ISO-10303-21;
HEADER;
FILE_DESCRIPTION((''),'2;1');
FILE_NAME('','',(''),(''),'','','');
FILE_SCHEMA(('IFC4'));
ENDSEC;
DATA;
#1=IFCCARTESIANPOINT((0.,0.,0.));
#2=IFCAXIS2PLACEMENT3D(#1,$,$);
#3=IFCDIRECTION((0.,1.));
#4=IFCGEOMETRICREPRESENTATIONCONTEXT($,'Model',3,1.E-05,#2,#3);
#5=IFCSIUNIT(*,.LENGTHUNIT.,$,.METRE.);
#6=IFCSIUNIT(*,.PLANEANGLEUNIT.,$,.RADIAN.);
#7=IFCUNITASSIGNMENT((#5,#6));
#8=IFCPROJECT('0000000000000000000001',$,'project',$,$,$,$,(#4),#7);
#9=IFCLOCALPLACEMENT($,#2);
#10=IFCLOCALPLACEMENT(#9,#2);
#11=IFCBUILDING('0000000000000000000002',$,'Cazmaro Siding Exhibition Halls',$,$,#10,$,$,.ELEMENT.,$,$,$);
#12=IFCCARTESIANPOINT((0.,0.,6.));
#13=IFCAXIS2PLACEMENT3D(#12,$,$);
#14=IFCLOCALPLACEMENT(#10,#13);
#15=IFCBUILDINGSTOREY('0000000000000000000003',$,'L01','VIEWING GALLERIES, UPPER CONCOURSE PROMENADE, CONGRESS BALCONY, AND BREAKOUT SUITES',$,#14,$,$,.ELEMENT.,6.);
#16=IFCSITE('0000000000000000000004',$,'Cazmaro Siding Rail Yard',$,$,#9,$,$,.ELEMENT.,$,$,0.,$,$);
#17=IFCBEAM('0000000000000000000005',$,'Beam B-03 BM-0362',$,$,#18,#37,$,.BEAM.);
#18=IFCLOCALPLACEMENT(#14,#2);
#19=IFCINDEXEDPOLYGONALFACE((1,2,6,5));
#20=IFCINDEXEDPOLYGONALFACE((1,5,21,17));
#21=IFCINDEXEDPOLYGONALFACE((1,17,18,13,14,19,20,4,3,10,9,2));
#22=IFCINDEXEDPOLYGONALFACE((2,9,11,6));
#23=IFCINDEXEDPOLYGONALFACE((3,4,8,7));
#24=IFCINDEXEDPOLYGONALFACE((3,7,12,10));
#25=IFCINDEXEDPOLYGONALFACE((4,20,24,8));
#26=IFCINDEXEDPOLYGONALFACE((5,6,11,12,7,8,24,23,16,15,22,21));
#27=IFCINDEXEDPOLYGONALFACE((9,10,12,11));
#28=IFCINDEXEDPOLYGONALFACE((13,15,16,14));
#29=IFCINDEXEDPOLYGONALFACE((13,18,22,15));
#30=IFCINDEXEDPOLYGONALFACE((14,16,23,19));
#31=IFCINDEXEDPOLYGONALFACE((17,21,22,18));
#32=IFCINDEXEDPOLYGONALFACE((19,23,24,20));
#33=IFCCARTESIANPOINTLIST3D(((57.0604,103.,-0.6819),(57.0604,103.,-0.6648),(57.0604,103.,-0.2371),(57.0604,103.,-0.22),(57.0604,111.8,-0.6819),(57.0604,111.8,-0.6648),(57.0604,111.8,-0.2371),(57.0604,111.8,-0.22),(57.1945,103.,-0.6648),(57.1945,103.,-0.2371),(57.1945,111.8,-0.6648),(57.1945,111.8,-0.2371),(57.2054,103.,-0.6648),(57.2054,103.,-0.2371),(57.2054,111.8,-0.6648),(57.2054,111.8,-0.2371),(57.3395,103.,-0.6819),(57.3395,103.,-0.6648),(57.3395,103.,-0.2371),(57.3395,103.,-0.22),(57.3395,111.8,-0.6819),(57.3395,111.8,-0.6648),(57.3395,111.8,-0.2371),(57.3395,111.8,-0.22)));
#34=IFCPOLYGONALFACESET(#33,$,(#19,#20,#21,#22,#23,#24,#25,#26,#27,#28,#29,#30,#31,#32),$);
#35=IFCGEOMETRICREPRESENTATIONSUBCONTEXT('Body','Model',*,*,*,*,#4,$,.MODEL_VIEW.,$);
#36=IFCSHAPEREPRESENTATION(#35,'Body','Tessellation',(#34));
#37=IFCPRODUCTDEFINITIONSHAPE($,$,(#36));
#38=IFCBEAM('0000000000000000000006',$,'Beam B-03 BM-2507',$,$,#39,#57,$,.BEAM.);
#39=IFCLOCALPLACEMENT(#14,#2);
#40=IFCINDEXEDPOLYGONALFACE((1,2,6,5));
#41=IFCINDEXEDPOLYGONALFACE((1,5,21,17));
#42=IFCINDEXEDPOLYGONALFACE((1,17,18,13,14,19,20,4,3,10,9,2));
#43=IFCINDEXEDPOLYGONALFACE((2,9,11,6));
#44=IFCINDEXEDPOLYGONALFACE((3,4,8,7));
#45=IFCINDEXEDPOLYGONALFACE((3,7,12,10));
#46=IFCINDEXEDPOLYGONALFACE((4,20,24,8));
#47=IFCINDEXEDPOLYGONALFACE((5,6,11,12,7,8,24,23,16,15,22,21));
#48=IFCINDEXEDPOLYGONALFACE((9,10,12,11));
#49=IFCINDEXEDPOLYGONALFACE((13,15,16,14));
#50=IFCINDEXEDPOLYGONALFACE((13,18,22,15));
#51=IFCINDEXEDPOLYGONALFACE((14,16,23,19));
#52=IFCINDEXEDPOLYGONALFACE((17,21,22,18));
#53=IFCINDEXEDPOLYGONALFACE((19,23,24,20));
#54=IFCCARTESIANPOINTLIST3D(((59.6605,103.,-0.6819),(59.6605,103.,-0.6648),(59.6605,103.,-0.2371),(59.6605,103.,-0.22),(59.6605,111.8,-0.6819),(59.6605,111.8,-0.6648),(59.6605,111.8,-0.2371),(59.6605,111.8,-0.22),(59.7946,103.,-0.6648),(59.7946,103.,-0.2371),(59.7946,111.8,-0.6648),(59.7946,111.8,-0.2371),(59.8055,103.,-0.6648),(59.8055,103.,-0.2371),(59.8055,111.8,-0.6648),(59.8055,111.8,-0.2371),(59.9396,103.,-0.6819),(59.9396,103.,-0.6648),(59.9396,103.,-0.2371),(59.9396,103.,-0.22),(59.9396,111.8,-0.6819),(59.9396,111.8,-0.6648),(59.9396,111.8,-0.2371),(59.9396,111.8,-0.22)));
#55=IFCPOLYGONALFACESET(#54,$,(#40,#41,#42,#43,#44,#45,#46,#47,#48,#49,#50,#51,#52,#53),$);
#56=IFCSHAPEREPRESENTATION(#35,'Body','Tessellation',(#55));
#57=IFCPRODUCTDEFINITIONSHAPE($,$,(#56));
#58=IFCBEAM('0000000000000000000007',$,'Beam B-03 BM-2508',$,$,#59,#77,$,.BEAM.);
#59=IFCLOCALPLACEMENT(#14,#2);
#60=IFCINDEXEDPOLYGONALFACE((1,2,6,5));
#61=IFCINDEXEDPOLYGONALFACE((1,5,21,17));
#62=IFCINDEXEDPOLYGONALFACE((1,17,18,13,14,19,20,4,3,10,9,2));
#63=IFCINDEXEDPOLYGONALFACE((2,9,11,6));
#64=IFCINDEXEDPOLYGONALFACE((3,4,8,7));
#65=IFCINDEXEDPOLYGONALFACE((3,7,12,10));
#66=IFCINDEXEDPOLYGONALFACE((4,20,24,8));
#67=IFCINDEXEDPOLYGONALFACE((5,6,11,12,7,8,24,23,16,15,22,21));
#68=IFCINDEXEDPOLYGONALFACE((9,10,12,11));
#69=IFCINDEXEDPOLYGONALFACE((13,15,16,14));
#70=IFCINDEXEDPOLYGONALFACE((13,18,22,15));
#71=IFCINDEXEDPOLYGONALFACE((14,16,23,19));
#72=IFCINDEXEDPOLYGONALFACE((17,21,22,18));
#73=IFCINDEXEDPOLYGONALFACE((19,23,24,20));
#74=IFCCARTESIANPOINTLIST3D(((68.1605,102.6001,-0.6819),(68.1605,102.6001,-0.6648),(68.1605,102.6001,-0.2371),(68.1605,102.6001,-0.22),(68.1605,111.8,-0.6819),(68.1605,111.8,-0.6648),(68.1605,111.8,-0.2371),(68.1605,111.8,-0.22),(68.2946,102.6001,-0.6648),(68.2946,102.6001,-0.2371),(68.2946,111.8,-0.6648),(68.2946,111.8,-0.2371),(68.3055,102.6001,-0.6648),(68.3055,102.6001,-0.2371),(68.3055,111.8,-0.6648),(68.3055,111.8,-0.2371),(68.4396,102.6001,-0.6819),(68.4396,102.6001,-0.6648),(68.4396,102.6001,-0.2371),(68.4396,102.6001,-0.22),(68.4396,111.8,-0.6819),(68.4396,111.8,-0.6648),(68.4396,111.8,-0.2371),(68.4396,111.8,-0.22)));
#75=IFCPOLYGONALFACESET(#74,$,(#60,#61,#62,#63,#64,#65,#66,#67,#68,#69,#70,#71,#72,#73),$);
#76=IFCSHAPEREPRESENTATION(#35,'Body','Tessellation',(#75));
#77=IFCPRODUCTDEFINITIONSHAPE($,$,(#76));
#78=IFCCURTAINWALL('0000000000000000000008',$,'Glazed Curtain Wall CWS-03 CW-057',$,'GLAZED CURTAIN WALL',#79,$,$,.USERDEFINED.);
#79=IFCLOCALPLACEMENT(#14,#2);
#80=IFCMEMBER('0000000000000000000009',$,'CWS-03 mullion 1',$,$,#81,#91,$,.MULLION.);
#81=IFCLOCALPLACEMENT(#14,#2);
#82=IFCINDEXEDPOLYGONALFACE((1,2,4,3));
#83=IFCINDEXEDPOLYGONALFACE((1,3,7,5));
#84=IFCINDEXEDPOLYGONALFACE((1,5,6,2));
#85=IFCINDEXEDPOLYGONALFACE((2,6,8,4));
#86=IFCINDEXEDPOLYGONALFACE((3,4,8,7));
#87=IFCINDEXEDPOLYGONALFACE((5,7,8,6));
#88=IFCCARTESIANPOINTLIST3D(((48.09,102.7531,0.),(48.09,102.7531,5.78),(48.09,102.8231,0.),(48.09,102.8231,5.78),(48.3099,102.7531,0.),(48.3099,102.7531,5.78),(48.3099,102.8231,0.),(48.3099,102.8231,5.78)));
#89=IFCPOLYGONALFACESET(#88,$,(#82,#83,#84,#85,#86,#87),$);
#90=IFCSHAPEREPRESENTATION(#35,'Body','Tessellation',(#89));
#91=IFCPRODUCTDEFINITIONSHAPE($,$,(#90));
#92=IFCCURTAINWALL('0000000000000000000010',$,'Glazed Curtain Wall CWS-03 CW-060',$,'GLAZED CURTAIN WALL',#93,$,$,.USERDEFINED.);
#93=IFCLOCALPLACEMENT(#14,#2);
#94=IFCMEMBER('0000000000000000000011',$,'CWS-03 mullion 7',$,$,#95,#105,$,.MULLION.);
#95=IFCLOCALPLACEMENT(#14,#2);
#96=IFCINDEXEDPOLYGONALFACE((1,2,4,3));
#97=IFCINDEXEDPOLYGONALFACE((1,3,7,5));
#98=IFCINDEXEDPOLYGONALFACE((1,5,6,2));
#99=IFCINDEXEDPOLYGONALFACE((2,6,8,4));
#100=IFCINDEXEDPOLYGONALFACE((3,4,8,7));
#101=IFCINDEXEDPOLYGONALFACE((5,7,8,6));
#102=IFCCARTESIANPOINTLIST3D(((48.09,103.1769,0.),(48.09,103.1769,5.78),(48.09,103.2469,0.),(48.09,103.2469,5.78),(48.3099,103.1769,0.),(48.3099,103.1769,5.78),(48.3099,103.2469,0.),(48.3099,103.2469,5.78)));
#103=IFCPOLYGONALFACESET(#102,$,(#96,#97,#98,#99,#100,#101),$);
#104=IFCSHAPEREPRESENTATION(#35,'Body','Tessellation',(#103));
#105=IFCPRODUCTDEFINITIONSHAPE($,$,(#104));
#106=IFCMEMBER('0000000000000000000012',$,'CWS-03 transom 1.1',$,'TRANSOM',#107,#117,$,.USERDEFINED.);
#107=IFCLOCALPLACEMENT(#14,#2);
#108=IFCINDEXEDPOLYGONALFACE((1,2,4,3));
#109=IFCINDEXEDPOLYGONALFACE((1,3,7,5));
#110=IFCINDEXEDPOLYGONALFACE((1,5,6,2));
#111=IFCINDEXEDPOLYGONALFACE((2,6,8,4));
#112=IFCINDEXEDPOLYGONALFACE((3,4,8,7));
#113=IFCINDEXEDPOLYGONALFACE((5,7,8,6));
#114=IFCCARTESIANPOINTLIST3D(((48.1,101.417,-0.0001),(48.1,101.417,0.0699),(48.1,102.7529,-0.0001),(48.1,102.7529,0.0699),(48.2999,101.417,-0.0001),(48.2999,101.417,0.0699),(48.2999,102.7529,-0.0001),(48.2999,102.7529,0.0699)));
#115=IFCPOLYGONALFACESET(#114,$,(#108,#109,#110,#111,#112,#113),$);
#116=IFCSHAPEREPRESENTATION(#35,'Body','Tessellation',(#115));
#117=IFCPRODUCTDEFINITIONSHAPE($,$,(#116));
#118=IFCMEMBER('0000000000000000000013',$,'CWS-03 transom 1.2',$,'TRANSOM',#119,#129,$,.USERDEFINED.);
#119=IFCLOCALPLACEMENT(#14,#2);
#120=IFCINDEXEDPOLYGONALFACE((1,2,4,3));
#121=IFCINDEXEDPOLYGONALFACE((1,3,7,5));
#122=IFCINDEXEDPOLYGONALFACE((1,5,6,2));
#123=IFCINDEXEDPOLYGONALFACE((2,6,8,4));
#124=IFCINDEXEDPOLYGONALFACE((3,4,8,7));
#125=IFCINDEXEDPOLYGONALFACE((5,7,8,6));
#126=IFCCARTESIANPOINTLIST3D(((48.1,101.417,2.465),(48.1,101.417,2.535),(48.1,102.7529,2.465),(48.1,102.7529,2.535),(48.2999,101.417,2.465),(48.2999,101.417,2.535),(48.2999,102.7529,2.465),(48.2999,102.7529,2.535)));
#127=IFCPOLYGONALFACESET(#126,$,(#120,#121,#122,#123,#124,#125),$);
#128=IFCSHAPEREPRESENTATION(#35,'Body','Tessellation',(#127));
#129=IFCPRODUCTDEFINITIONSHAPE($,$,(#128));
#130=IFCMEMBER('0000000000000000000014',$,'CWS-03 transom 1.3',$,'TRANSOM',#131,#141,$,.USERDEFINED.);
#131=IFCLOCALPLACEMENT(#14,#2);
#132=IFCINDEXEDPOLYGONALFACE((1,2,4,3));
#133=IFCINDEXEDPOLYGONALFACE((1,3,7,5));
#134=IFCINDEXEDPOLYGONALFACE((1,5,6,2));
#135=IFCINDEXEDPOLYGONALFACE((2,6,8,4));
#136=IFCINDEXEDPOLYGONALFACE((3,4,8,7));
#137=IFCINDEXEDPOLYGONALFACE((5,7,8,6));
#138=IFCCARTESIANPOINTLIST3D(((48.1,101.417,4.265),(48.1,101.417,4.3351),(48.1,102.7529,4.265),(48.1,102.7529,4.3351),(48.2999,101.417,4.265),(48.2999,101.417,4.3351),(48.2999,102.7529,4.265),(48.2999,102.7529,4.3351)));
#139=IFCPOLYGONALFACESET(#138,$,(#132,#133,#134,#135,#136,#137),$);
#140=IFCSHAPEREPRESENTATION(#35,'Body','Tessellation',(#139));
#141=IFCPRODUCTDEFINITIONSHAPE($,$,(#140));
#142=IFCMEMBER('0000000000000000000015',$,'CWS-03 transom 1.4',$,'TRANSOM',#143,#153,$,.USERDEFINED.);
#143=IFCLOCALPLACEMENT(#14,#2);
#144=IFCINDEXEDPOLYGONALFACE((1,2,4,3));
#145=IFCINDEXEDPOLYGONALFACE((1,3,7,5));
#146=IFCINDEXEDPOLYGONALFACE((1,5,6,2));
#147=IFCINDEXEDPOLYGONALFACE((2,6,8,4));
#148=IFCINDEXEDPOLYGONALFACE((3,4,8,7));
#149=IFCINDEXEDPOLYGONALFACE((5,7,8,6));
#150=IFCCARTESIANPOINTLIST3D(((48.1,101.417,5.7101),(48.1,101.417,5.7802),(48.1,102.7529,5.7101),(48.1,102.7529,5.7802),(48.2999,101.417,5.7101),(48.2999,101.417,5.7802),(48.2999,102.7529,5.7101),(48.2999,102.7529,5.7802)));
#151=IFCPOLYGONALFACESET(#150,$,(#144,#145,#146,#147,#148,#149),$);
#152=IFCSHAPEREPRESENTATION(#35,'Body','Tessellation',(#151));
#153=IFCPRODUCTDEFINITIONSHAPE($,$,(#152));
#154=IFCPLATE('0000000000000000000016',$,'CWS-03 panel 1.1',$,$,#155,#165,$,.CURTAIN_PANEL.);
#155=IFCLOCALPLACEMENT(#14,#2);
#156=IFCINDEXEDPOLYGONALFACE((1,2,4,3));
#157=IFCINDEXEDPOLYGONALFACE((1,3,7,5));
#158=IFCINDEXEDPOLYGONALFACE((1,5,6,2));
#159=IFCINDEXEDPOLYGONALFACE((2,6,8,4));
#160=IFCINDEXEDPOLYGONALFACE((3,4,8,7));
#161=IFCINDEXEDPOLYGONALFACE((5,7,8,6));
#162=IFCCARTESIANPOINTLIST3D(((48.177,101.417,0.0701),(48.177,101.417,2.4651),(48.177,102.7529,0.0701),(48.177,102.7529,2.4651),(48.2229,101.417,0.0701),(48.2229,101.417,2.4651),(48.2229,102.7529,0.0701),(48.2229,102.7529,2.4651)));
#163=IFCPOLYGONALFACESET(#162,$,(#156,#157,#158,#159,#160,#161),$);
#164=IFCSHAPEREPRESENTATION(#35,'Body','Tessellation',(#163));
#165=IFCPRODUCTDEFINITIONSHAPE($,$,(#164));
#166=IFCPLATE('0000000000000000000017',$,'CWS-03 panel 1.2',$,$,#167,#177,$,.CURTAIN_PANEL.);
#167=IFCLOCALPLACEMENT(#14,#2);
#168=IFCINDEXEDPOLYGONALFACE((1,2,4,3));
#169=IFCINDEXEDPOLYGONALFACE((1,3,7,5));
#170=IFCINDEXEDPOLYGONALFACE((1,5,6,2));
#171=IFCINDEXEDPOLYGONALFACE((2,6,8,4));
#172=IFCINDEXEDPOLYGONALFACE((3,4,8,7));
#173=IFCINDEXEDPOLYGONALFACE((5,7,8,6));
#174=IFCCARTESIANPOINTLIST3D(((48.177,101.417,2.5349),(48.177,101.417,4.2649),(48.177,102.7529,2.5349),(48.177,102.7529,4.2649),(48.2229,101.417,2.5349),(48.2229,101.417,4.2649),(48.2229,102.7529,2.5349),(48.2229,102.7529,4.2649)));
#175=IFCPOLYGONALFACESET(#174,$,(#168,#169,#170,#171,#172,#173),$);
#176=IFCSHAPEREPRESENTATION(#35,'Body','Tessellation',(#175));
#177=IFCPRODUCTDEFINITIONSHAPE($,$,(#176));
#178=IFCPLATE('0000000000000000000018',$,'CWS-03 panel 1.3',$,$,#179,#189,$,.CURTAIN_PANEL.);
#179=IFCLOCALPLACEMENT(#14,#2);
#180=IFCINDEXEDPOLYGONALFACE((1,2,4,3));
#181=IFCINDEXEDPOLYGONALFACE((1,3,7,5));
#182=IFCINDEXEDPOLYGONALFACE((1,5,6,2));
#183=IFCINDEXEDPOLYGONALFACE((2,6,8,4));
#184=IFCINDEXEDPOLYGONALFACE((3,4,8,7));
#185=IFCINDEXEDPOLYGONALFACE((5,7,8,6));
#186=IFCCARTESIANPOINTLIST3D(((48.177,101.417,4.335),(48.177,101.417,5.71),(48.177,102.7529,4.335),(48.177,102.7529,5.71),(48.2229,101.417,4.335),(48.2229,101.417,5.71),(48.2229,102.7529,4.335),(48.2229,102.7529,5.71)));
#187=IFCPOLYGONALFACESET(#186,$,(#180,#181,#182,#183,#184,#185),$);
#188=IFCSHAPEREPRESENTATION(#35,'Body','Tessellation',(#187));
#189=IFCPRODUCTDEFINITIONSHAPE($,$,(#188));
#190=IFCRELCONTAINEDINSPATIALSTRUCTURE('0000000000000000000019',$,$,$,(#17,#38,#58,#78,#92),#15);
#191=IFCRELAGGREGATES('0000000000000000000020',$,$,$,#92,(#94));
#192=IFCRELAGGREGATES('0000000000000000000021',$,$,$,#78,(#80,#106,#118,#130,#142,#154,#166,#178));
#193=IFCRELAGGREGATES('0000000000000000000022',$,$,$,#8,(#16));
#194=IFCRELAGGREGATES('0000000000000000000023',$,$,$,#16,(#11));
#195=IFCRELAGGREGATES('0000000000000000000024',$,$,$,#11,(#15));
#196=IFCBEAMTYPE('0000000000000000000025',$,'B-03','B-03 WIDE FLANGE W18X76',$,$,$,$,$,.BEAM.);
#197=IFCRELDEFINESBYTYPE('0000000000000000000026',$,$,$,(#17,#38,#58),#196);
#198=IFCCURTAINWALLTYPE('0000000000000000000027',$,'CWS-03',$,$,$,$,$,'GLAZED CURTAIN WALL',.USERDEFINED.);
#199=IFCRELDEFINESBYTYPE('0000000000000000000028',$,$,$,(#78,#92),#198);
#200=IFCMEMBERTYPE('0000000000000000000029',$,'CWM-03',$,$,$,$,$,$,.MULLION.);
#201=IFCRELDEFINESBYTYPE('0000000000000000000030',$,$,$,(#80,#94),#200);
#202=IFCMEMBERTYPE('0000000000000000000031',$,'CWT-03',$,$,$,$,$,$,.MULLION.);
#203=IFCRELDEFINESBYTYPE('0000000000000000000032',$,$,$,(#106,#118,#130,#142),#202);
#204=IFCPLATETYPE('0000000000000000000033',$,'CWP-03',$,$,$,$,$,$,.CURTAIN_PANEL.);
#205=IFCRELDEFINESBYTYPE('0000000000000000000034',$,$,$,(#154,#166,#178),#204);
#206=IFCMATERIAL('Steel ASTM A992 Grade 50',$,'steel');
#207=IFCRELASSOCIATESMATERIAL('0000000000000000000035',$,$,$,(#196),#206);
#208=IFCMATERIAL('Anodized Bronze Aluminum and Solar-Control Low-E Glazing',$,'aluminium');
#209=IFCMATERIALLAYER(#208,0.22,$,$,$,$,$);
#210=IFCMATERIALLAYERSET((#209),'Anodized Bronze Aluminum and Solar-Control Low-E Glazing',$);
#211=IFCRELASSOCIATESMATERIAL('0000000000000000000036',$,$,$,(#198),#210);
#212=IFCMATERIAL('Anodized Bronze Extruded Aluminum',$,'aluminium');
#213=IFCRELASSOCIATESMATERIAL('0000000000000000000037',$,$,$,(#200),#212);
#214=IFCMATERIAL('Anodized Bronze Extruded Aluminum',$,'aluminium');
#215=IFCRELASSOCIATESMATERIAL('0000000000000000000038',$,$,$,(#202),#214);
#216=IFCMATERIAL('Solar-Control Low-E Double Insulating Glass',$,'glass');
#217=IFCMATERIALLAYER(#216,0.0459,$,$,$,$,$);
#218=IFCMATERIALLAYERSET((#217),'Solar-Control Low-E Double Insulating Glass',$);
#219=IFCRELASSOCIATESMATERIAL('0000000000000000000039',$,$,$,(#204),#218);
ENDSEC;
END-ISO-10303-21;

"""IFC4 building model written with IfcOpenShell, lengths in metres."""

from ifc_helpers import new_model, si_unit, direction, frame, origin, origin_2d, place, context, subcontext, project, spatial, rectangle, i_section, extrude, material, layer, layer_set, material_profile, profile_set, type_object, element, aggregate, save


model = new_model("IFC4")

# Units and contexts
model_context = context("Model", 3, precision=1e-05, world=origin(), true_north=direction((0.0, 1.0)))
body_context = subcontext(model_context, "Body", "Model", "MODEL_VIEW")
ifc_project = project(units=[si_unit("LENGTHUNIT", "METRE"), si_unit("PLANEANGLEUNIT", "RADIAN")], contexts=[model_context])

# Site, building, storey
site_placement = place(None, origin())
site = spatial("IfcSite", under=ifc_project, at=site_placement, Name="Cazmaro Siding Rail Yard", CompositionType="ELEMENT", RefElevation=0.0)
building_placement = place(site_placement, origin())
building = spatial("IfcBuilding", under=site, at=building_placement, Name="Cazmaro Siding Exhibition Halls", CompositionType="ELEMENT")
storey_placement = place(building_placement, frame((0.0, 0.0, 6.0)))
storey = spatial("IfcBuildingStorey", under=building, at=storey_placement, Name="L01", Description="VIEWING GALLERIES, UPPER CONCOURSE PROMENADE, CONGRESS BALCONY, AND BREAKOUT SUITES", CompositionType="ELEMENT", Elevation=6.0)

# Beams
ifc_material_1 = material(Name="Steel ASTM A992 Grade 50", Category="steel")
ifc_material_profile_1 = material_profile(ifc_material_1, i_section(OverallWidth=0.2791, OverallDepth=0.4619, WebThickness=0.011, FlangeThickness=0.0171, at=origin_2d()), Name="W18X76")
ifc_profile_set_1 = profile_set([ifc_material_profile_1], Name="Steel ASTM A992 Grade 50")
beam_type_1 = type_object("IfcBeamType", Name="B-03", Description="B-03 WIDE FLANGE W18X76", PredefinedType="BEAM", material=ifc_profile_set_1)
for number, where, z_axis, x_axis, name in (
    (1, (57.2, 103.0, -0.4509), (0.0, 1.0, 0.0), (-1.0, 0.0, 0.0), "Beam B-03 BM-0362"),
    (2, (59.8, 103.0, -0.4509), (0.0, 1.0, 0.0), (-1.0, 0.0, 0.0), "Beam B-03 BM-2507"),
):
    element("IfcBeam", number, at=place(storey_placement, frame(where, z_axis=z_axis, x_axis=x_axis)), inside=storey, type_object=beam_type_1, Name=name, PredefinedType="BEAM", context=body_context, shape_type="SweptSolid", body=[
        extrude(i_section(OverallWidth=0.2791, OverallDepth=0.4619, WebThickness=0.011, FlangeThickness=0.0171, at=origin_2d()), origin(), (0.0, 0.0, 1.0), 8.8),
    ])
beam_1_placement = place(storey_placement, frame((68.3, 102.6001, -0.4509), z_axis=(0.0, 1.0, 0.0), x_axis=(-1.0, 0.0, 0.0)))
element("IfcBeam", 3, at=beam_1_placement, inside=storey, type_object=beam_type_1, Name="Beam B-03 BM-2508", PredefinedType="BEAM", context=body_context, shape_type="SweptSolid", body=[
    extrude(i_section(OverallWidth=0.2791, OverallDepth=0.4619, WebThickness=0.011, FlangeThickness=0.0171, at=origin_2d()), origin(), (0.0, 0.0, 1.0), 9.2),
])

# Curtain walls, members
ifc_material_2 = material(Name="Anodized Bronze Aluminum and Solar-Control Low-E Glazing", Category="aluminium")
ifc_layer_1 = layer(ifc_material_2, 0.22)
ifc_layer_set_1 = layer_set([ifc_layer_1], Name="Anodized Bronze Aluminum and Solar-Control Low-E Glazing")
curtain_wall_type = type_object("IfcCurtainWallType", Name="CWS-03", ElementType="GLAZED CURTAIN WALL", PredefinedType="USERDEFINED", material=ifc_layer_set_1)
curtain_wall_1_placement = place(storey_placement, origin())
curtain_wall_1 = element("IfcCurtainWall", 4, at=curtain_wall_1_placement, inside=storey, type_object=curtain_wall_type, Name="Glazed Curtain Wall CWS-03 CW-057", ObjectType="GLAZED CURTAIN WALL", PredefinedType="USERDEFINED")
ifc_material_3 = material(Name="Anodized Bronze Extruded Aluminum", Category="aluminium")
ifc_material_profile_2 = material_profile(ifc_material_3, rectangle(XDim=0.22, YDim=0.0701, at=origin_2d()), Name="CWM-03")
ifc_profile_set_2 = profile_set([ifc_material_profile_2], Name="Anodized Bronze Extruded Aluminum")
member_type_1 = type_object("IfcMemberType", Name="CWM-03", PredefinedType="MULLION", material=ifc_profile_set_2)
member_1_placement = place(storey_placement, frame((48.2, 102.7881, 0.0), z_axis=(0.0, 0.0, 1.0), x_axis=(1.0, 0.0, 0.0)))
member_1 = element("IfcMember", 5, at=member_1_placement, type_object=member_type_1, Name="CWS-03 mullion 1", PredefinedType="MULLION", context=body_context, shape_type="SweptSolid", body=[
    extrude(rectangle(XDim=0.22, YDim=0.0701, at=origin_2d()), origin(), (0.0, 0.0, 1.0), 5.78),
])
curtain_wall_2_placement = place(storey_placement, origin())
curtain_wall_2 = element("IfcCurtainWall", 6, at=curtain_wall_2_placement, inside=storey, type_object=curtain_wall_type, Name="Glazed Curtain Wall CWS-03 CW-060", ObjectType="GLAZED CURTAIN WALL", PredefinedType="USERDEFINED")
member_2_placement = place(storey_placement, frame((48.2, 103.2119, 0.0), z_axis=(0.0, 0.0, 1.0), x_axis=(1.0, 0.0, 0.0)))
member_2 = element("IfcMember", 7, at=member_2_placement, type_object=member_type_1, Name="CWS-03 mullion 7", PredefinedType="MULLION", context=body_context, shape_type="SweptSolid", body=[
    extrude(rectangle(XDim=0.22, YDim=0.0701, at=origin_2d()), origin(), (0.0, 0.0, 1.0), 5.78),
])
aggregate(curtain_wall_2, [member_2])

# Members
ifc_material_4 = material(Name="Anodized Bronze Extruded Aluminum", Category="aluminium")
ifc_material_profile_3 = material_profile(ifc_material_4, rectangle(XDim=0.2, YDim=0.0701, at=origin_2d()), Name="CWT-03")
ifc_profile_set_3 = profile_set([ifc_material_profile_3], Name="Anodized Bronze Extruded Aluminum")
member_type_2 = type_object("IfcMemberType", Name="CWT-03", PredefinedType="MULLION", material=ifc_profile_set_3)
member_3_placement = place(storey_placement, frame((48.2, 102.7529, 0.0349), z_axis=(0.0, -1.0, 0.0), x_axis=(1.0, 0.0, 0.0)))
member_3 = element("IfcMember", 8, at=member_3_placement, type_object=member_type_2, Name="CWS-03 transom 1.1", ObjectType="TRANSOM", PredefinedType="USERDEFINED", context=body_context, shape_type="SweptSolid", body=[
    extrude(rectangle(XDim=0.2, YDim=0.0701, at=origin_2d()), origin(), (0.0, 0.0, 1.0), 1.3359),
])
member_4_placement = place(storey_placement, frame((48.2, 102.7529, 2.5), z_axis=(0.0, -1.0, 0.0), x_axis=(1.0, 0.0, 0.0)))
member_4 = element("IfcMember", 9, at=member_4_placement, type_object=member_type_2, Name="CWS-03 transom 1.2", ObjectType="TRANSOM", PredefinedType="USERDEFINED", context=body_context, shape_type="SweptSolid", body=[
    extrude(rectangle(XDim=0.2, YDim=0.0701, at=origin_2d()), origin(), (0.0, 0.0, 1.0), 1.3359),
])
member_5_placement = place(storey_placement, frame((48.2, 102.7529, 4.3), z_axis=(0.0, -1.0, 0.0), x_axis=(1.0, 0.0, 0.0)))
member_5 = element("IfcMember", 10, at=member_5_placement, type_object=member_type_2, Name="CWS-03 transom 1.3", ObjectType="TRANSOM", PredefinedType="USERDEFINED", context=body_context, shape_type="SweptSolid", body=[
    extrude(rectangle(XDim=0.2, YDim=0.0701, at=origin_2d()), origin(), (0.0, 0.0, 1.0), 1.3359),
])
member_6_placement = place(storey_placement, frame((48.2, 102.7529, 5.7451), z_axis=(0.0, -1.0, 0.0), x_axis=(1.0, 0.0, 0.0)))
member_6 = element("IfcMember", 11, at=member_6_placement, type_object=member_type_2, Name="CWS-03 transom 1.4", ObjectType="TRANSOM", PredefinedType="USERDEFINED", context=body_context, shape_type="SweptSolid", body=[
    extrude(rectangle(XDim=0.2, YDim=0.0701, at=origin_2d()), origin(), (0.0, 0.0, 1.0), 1.3359),
])

# Plates
ifc_material_5 = material(Name="Solar-Control Low-E Double Insulating Glass", Category="glass")
ifc_layer_2 = layer(ifc_material_5, 0.0459)
ifc_layer_set_2 = layer_set([ifc_layer_2], Name="Solar-Control Low-E Double Insulating Glass")
plate_type = type_object("IfcPlateType", Name="CWP-03", PredefinedType="CURTAIN_PANEL", material=ifc_layer_set_2)
plate_1_placement = place(storey_placement, frame((48.2, 102.085, 0.0701), z_axis=(0.0, 0.0, 1.0), x_axis=(0.0, -1.0, 0.0)))
plate_1 = element("IfcPlate", 12, at=plate_1_placement, type_object=plate_type, Name="CWS-03 panel 1.1", PredefinedType="CURTAIN_PANEL", context=body_context, shape_type="SweptSolid", body=[
    extrude(rectangle(XDim=1.3359, YDim=0.0459, at=origin_2d()), origin(), (0.0, 0.0, 1.0), 2.395),
])
plate_2_placement = place(storey_placement, frame((48.2, 102.085, 2.5349), z_axis=(0.0, 0.0, 1.0), x_axis=(0.0, -1.0, 0.0)))
plate_2 = element("IfcPlate", 13, at=plate_2_placement, type_object=plate_type, Name="CWS-03 panel 1.2", PredefinedType="CURTAIN_PANEL", context=body_context, shape_type="SweptSolid", body=[
    extrude(rectangle(XDim=1.3359, YDim=0.0459, at=origin_2d()), origin(), (0.0, 0.0, 1.0), 1.73),
])
plate_3_placement = place(storey_placement, frame((48.2, 102.085, 4.335), z_axis=(0.0, 0.0, 1.0), x_axis=(0.0, -1.0, 0.0)))
plate_3 = element("IfcPlate", 14, at=plate_3_placement, type_object=plate_type, Name="CWS-03 panel 1.3", PredefinedType="CURTAIN_PANEL", context=body_context, shape_type="SweptSolid", body=[
    extrude(rectangle(XDim=1.3359, YDim=0.0459, at=origin_2d()), origin(), (0.0, 0.0, 1.0), 1.375),
])
aggregate(curtain_wall_1, [member_1, member_3, member_4, member_5, member_6, plate_1, plate_2, plate_3])

save(model, "model.ifc")
